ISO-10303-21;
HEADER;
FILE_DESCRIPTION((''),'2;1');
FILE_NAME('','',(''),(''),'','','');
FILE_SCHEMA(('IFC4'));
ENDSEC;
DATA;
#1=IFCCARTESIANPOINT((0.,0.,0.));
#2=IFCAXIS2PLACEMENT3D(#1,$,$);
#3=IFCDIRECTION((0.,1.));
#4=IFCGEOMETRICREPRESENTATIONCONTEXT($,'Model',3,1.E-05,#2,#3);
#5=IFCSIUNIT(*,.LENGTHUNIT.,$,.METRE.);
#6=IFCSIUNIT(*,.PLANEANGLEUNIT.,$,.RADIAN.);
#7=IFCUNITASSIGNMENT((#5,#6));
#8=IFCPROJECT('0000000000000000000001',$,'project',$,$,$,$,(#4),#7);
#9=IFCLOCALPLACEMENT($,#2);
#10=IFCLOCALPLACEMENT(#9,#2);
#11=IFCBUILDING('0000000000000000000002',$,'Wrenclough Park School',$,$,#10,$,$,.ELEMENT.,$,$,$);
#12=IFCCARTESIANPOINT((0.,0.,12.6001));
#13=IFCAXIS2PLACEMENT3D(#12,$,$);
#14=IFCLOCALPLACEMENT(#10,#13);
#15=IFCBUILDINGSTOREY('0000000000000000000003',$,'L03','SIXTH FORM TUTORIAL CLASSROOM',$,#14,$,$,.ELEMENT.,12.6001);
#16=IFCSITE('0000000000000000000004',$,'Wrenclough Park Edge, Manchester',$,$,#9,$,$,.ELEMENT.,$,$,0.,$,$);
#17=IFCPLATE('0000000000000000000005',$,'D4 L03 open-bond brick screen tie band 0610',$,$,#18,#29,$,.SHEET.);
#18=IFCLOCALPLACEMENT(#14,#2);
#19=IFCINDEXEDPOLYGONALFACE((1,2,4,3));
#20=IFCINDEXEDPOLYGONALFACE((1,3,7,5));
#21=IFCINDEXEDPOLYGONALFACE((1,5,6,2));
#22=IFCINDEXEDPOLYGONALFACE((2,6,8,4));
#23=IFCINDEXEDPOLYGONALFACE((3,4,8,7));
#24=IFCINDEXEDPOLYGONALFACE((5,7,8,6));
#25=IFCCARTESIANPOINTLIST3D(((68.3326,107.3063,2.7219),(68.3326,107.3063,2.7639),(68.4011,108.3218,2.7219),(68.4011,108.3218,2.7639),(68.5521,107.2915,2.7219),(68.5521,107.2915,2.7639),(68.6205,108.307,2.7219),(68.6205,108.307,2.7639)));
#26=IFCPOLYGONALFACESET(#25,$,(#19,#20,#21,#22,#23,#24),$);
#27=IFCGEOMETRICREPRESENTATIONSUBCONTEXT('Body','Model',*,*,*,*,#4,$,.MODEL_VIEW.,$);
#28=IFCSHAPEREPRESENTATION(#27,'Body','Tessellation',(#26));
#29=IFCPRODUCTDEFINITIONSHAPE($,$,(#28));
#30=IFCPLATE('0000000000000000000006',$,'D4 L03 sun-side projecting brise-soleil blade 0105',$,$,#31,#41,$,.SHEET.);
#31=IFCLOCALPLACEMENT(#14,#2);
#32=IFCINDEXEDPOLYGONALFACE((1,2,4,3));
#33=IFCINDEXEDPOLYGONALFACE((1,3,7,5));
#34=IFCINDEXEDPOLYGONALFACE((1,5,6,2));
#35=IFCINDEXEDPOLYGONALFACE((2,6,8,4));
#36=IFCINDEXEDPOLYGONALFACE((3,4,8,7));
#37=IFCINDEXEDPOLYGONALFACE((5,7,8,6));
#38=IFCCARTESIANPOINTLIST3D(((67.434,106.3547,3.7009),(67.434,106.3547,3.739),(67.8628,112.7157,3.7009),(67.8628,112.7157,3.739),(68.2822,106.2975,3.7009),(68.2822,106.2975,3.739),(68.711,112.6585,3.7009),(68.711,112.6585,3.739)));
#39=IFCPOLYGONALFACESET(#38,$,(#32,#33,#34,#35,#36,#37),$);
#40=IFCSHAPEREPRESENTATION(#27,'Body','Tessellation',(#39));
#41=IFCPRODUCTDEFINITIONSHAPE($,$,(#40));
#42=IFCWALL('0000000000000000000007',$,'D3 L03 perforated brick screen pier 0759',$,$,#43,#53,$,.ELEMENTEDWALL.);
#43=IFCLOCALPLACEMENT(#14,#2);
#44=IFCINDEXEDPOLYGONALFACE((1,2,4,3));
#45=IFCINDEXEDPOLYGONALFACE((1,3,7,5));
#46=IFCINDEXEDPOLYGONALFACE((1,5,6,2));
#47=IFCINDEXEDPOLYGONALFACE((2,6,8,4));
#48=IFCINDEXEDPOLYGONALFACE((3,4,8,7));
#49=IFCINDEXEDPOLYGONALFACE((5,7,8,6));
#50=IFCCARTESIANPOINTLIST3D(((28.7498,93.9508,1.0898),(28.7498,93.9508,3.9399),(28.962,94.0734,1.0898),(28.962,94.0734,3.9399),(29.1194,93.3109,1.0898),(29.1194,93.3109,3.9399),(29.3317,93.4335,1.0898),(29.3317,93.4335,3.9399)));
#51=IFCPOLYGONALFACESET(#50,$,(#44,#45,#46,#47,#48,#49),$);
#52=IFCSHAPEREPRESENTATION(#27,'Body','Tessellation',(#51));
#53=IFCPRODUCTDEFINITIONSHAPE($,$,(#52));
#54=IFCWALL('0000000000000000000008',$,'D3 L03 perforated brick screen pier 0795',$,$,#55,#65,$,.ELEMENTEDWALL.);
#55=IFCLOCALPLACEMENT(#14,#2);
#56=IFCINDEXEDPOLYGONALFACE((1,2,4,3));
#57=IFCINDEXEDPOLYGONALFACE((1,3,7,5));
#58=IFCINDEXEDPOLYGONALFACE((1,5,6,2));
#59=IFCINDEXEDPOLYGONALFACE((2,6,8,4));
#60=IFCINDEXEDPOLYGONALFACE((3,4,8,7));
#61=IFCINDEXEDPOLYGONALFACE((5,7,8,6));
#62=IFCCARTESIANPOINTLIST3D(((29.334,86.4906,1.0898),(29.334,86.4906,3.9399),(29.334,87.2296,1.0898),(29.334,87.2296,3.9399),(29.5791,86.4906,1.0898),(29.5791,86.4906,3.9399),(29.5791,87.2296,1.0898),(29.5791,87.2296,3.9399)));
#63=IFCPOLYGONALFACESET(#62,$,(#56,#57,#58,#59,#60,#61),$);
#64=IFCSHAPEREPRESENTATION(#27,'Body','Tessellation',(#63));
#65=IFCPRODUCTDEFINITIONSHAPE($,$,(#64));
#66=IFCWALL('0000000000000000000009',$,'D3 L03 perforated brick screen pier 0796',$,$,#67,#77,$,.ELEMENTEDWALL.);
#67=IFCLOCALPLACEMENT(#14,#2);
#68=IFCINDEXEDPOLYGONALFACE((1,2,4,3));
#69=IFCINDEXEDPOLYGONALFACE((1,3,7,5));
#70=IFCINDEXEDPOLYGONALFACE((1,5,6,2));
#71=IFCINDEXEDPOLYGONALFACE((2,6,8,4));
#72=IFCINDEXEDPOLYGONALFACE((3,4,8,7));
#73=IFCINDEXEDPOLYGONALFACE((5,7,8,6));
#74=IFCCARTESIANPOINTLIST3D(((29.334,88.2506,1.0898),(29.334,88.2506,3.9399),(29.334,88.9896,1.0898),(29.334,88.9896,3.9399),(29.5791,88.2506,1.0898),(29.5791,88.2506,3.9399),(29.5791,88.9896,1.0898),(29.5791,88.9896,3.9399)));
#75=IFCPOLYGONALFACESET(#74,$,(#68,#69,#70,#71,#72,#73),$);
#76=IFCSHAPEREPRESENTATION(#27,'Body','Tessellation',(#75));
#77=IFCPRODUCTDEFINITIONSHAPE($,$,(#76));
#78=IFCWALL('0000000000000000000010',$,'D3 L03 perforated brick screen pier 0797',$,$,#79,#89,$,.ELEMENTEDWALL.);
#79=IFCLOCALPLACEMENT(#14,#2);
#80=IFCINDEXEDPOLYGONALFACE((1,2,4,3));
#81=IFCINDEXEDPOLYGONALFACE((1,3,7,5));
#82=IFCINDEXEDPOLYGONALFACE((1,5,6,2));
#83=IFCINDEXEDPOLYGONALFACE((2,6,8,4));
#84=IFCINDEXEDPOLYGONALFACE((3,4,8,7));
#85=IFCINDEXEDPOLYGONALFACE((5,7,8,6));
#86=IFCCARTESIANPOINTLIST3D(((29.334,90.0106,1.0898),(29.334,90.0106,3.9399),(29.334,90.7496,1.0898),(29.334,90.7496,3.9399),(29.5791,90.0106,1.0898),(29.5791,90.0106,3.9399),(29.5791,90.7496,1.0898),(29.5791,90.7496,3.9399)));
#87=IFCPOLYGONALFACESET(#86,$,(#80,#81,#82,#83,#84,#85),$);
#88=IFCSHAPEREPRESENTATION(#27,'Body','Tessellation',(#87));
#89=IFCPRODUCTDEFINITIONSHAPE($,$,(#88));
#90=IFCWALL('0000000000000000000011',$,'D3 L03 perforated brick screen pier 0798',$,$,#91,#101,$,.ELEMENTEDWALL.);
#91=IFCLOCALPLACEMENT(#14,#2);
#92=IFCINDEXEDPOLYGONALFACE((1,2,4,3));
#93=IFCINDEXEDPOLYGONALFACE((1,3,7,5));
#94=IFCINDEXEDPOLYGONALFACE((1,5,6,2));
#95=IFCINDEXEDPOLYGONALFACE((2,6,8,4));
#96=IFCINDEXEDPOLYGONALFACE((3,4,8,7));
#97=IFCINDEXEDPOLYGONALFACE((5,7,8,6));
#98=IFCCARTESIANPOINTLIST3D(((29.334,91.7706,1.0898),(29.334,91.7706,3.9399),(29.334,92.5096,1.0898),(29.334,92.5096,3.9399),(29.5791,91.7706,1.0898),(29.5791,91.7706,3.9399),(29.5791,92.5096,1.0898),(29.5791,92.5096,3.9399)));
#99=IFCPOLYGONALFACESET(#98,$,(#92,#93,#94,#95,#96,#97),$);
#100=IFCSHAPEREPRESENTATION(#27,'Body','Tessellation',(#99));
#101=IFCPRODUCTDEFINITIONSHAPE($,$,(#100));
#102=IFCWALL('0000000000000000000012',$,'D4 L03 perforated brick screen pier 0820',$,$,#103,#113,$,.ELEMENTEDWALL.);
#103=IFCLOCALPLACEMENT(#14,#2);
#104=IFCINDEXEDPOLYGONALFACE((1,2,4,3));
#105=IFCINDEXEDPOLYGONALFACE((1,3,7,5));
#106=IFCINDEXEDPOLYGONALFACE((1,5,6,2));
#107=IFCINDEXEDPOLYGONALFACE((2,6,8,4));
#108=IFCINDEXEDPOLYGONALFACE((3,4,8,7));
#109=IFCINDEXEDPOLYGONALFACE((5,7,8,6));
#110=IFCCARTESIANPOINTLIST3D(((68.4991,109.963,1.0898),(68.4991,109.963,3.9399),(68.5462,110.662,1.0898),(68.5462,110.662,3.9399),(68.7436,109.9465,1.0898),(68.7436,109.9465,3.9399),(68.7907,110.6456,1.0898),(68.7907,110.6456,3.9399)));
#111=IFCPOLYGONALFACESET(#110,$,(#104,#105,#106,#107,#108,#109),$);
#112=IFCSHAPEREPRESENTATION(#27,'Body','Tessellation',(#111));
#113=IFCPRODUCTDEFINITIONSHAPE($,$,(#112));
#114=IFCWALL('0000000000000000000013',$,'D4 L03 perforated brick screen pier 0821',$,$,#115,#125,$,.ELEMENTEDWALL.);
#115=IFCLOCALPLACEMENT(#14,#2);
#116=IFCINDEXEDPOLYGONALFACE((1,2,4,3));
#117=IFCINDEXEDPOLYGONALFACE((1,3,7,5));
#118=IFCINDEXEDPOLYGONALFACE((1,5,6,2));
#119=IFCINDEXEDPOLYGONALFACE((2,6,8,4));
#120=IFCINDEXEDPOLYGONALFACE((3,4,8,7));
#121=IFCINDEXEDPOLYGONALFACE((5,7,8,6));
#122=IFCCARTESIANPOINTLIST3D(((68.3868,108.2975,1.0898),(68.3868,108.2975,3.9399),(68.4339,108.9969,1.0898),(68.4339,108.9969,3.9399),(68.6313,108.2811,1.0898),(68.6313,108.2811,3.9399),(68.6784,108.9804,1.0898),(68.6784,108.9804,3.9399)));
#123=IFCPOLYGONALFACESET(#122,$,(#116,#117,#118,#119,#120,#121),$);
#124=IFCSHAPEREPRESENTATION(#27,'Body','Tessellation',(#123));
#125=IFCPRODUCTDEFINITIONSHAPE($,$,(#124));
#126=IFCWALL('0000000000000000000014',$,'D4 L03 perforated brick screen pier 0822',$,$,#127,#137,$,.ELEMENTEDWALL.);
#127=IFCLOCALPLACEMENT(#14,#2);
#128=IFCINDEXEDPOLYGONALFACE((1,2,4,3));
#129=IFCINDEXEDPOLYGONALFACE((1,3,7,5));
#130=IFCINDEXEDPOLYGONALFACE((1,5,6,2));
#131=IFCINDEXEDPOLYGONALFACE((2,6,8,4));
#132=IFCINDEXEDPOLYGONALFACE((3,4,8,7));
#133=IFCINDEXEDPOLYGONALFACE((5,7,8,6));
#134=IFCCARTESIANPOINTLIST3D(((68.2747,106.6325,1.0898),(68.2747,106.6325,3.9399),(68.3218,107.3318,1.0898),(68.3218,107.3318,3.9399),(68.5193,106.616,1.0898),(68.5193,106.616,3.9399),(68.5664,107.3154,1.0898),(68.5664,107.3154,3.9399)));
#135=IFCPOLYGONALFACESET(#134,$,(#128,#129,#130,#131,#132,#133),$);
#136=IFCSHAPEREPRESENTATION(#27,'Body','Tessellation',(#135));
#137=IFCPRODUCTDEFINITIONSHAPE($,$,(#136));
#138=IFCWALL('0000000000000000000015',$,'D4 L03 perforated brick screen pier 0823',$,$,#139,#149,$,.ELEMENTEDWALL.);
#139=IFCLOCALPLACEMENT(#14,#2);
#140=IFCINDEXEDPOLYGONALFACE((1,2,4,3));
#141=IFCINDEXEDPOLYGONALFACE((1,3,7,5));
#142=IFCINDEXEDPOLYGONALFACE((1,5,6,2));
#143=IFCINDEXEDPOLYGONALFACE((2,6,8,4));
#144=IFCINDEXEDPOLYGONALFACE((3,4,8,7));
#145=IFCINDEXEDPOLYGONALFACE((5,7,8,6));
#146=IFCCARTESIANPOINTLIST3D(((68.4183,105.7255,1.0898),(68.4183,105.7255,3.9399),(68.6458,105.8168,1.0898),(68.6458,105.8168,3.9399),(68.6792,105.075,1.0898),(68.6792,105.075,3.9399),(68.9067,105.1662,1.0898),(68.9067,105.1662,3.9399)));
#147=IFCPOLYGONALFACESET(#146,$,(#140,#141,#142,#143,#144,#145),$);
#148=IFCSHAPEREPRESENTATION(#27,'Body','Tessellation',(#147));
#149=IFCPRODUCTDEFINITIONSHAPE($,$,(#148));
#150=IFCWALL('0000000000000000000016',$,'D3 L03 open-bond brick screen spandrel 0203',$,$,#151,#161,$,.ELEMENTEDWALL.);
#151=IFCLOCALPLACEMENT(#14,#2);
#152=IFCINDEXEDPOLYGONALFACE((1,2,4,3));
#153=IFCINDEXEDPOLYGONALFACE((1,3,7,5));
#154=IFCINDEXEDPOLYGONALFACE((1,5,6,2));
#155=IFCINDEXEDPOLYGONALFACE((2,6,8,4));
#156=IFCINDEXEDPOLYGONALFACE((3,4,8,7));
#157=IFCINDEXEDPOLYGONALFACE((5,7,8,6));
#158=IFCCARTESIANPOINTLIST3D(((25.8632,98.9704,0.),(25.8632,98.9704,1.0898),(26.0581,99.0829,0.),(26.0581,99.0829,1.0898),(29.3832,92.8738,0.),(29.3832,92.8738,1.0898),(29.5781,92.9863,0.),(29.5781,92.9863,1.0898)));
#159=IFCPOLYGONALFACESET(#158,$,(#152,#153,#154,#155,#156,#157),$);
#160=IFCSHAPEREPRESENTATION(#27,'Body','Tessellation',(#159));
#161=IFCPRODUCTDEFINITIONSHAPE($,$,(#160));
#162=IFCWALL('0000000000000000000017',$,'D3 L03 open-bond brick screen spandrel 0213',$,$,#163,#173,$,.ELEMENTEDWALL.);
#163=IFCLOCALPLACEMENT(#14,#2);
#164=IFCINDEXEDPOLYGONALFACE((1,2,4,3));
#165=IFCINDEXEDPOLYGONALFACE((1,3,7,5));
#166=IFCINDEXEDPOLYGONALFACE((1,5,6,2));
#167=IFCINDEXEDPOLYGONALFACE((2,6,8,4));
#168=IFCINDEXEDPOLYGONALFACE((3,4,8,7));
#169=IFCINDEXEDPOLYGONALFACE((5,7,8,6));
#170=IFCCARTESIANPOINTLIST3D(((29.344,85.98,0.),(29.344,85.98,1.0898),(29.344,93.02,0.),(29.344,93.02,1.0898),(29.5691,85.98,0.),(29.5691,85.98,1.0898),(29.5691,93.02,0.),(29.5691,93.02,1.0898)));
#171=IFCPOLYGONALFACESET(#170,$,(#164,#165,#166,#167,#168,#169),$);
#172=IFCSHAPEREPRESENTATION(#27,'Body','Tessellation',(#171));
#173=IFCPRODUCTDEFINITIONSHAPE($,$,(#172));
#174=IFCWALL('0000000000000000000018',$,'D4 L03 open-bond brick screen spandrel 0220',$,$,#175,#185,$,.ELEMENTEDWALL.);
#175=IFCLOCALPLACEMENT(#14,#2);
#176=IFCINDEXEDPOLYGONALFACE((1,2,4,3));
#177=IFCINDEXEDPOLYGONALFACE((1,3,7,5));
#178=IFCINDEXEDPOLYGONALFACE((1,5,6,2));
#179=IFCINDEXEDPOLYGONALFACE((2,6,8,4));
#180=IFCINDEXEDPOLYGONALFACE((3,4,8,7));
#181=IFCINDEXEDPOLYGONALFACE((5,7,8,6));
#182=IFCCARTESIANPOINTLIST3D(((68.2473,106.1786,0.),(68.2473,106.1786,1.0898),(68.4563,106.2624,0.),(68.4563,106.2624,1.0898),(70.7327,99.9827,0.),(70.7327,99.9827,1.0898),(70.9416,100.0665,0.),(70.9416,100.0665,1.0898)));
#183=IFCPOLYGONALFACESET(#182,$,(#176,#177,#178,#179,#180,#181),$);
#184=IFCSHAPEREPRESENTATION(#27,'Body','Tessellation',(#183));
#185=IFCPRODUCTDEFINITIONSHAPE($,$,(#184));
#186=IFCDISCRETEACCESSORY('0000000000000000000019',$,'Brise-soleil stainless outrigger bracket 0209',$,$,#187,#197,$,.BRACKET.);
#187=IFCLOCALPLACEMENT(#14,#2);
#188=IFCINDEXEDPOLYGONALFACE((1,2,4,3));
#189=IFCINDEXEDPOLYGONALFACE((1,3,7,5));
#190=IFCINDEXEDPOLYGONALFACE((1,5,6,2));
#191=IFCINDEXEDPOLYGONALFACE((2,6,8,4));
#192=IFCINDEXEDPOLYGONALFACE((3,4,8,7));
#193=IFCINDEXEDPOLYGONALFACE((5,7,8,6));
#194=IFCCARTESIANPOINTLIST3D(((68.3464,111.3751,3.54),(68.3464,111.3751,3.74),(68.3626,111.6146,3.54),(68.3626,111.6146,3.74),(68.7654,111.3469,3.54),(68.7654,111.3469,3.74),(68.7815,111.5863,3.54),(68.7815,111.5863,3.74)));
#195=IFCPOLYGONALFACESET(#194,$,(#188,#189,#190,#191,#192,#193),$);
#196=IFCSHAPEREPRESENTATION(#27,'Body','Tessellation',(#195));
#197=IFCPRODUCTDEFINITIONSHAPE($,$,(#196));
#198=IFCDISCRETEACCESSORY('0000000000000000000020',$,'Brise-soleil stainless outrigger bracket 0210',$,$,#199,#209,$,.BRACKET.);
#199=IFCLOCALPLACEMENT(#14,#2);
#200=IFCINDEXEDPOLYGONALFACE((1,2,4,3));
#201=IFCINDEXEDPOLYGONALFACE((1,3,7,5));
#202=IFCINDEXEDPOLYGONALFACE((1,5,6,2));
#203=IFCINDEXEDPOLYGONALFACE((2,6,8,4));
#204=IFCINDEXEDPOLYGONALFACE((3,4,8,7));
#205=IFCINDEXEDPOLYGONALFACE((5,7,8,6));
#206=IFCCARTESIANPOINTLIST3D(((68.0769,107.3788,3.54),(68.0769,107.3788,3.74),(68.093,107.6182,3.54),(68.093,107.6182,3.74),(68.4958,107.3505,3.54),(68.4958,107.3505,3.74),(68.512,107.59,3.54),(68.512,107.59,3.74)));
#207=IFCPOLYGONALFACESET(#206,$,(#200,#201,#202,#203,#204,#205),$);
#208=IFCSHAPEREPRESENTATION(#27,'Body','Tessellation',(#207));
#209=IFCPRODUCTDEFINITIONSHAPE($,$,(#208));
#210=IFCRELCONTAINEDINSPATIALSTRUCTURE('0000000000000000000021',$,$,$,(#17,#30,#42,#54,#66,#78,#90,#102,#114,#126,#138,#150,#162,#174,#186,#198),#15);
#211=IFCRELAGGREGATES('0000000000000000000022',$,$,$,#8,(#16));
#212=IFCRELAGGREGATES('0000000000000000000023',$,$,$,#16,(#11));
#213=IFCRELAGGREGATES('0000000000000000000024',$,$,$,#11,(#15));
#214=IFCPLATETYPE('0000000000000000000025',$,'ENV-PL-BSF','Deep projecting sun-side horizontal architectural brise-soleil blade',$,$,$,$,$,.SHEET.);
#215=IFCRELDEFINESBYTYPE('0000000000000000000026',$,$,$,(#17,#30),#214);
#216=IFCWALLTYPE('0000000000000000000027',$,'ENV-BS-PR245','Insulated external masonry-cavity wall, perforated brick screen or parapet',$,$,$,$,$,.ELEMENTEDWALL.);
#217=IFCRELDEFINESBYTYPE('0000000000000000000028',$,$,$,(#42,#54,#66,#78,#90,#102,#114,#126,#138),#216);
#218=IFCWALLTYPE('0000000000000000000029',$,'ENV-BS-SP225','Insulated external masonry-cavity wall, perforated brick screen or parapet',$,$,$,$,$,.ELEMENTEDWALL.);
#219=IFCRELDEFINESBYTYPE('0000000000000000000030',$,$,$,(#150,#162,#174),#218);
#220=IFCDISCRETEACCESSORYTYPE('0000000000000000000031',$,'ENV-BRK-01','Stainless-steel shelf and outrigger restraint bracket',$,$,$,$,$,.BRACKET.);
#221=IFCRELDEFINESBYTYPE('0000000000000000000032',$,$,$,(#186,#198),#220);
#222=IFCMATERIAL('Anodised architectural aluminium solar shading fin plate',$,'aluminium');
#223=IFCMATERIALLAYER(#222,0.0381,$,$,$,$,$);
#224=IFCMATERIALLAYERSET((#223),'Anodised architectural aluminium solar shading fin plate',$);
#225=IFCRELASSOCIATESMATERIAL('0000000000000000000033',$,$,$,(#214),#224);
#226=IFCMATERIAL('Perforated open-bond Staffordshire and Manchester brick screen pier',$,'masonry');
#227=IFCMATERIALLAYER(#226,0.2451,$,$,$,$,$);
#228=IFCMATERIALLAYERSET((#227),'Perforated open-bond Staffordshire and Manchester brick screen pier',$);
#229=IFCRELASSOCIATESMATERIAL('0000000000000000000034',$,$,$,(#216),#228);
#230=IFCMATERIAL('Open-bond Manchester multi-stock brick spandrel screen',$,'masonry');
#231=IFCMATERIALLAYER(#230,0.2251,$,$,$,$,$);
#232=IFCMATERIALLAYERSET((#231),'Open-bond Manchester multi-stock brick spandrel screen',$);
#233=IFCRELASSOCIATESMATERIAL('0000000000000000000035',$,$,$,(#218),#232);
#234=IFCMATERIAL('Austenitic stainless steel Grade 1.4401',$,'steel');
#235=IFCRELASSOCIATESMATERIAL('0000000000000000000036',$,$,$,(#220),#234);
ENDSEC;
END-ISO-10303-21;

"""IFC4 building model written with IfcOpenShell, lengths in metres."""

from ifc_helpers import new_model, si_unit, direction, frame, frame_2d, origin, origin_2d, place, context, subcontext, project, spatial, rectangle, extrude, material, layer, layer_set, type_object, element, save


model = new_model("IFC4")

# Units and contexts
model_context = context("Model", 3, precision=1e-05, world=origin(), true_north=direction((0.0, 1.0)))
body_context = subcontext(model_context, "Body", "Model", "MODEL_VIEW")
ifc_project = project(units=[si_unit("LENGTHUNIT", "METRE"), si_unit("PLANEANGLEUNIT", "RADIAN")], contexts=[model_context])

# Site, building, storey
site_placement = place(None, origin())
site = spatial("IfcSite", under=ifc_project, at=site_placement, Name="Wrenclough Park Edge, Manchester", CompositionType="ELEMENT", RefElevation=0.0)
building_placement = place(site_placement, origin())
building = spatial("IfcBuilding", under=site, at=building_placement, Name="Wrenclough Park School", CompositionType="ELEMENT")
storey_placement = place(building_placement, frame((0.0, 0.0, 12.6001)))
storey = spatial("IfcBuildingStorey", under=building, at=storey_placement, Name="L03", Description="SIXTH FORM TUTORIAL CLASSROOM", CompositionType="ELEMENT", Elevation=12.6001)

# Plates
ifc_material_1 = material(Name="Anodised architectural aluminium solar shading fin plate", Category="aluminium")
ifc_layer_1 = layer(ifc_material_1, 0.0381)
ifc_layer_set_1 = layer_set([ifc_layer_1], Name="Anodised architectural aluminium solar shading fin plate")
plate_type = type_object("IfcPlateType", Name="ENV-PL-BSF", Description="Deep projecting sun-side horizontal architectural brise-soleil blade", PredefinedType="SHEET", material=ifc_layer_set_1)
for number, where, z_axis, x_axis, name in (
    (1, (68.4766, 107.8066, 2.7219), (0.0, 0.0, 1.0), (-0.06726, -0.997736, 0.0), "D4 L03 open-bond brick screen tie band 0610"),
):
    element("IfcPlate", number, at=place(storey_placement, frame(where, z_axis=z_axis, x_axis=x_axis)), inside=storey, type_object=plate_type, Name=name, PredefinedType="SHEET", context=body_context, shape_type="SweptSolid", body=[
        extrude(rectangle(XDim=1.0178, YDim=0.22, at=origin_2d()), origin(), (0.0, 0.0, 1.0), 0.042),
    ])
plate_1_placement = place(storey_placement, frame((68.0725, 109.5066, 3.7009), z_axis=(0.0, 0.0, 1.0), x_axis=(-0.06726, -0.997736, 0.0)))
element("IfcPlate", 2, at=plate_1_placement, inside=storey, type_object=plate_type, Name="D4 L03 sun-side projecting brise-soleil blade 0105", PredefinedType="SHEET", context=body_context, shape_type="SweptSolid", body=[
    extrude(rectangle(XDim=6.3755, YDim=0.8501, at=origin_2d()), origin(), (0.0, 0.0, 1.0), 0.0381),
])

# Walls
ifc_material_2 = material(Name="Perforated open-bond Staffordshire and Manchester brick screen pier", Category="masonry")
ifc_layer_2 = layer(ifc_material_2, 0.2451)
ifc_layer_set_2 = layer_set([ifc_layer_2], Name="Perforated open-bond Staffordshire and Manchester brick screen pier")
wall_type_1 = type_object("IfcWallType", Name="ENV-BS-PR245", Description="Insulated external masonry-cavity wall, perforated brick screen or parapet", PredefinedType="ELEMENTEDWALL", material=ifc_layer_set_2)
for number, where, z_axis, x_axis, name in (
    (3, (29.2256, 93.3721, 1.0898), (0.0, 0.0, 1.0), (-0.50019, 0.865916, 0.0), "D3 L03 perforated brick screen pier 0759"),
    (4, (29.4565, 86.4905, 1.0898), (0.0, 0.0, 1.0), (0.0, 1.0, 0.0), "D3 L03 perforated brick screen pier 0795"),
    (5, (29.4565, 88.2505, 1.0898), (0.0, 0.0, 1.0), (0.0, 1.0, 0.0), "D3 L03 perforated brick screen pier 0796"),
    (6, (29.4565, 90.0105, 1.0898), (0.0, 0.0, 1.0), (0.0, 1.0, 0.0), "D3 L03 perforated brick screen pier 0797"),
    (7, (29.4565, 91.7705, 1.0898), (0.0, 0.0, 1.0), (0.0, 1.0, 0.0), "D3 L03 perforated brick screen pier 0798"),
):
    element("IfcWall", number, at=place(storey_placement, frame(where, z_axis=z_axis, x_axis=x_axis)), inside=storey, type_object=wall_type_1, Name=name, PredefinedType="ELEMENTEDWALL", context=body_context, shape_type="SweptSolid", body=[
        extrude(rectangle(XDim=0.739, YDim=0.2451, at=frame_2d((0.3696, 0.0))), origin(), (0.0, 0.0, 1.0), 2.8501),
    ])
wall_1_placement = place(storey_placement, frame((68.6685, 110.6538, 1.0898), z_axis=(0.0, 0.0, 1.0), x_axis=(-0.067236, -0.997737, 0.0)))
element("IfcWall", 8, at=wall_1_placement, inside=storey, type_object=wall_type_1, Name="D4 L03 perforated brick screen pier 0820", PredefinedType="ELEMENTEDWALL", context=body_context, shape_type="SweptSolid", body=[
    extrude(rectangle(XDim=0.7007, YDim=0.2451, at=frame_2d((0.3503, 0.0))), origin(), (0.0, 0.0, 1.0), 2.8501),
])
for number, where, z_axis, x_axis, name in (
    (9, (68.5562, 108.9888, 1.0898), (0.0, 0.0, 1.0), (-0.067212, -0.997739, 0.0), "D4 L03 perforated brick screen pier 0821"),
    (10, (68.4441, 107.3237, 1.0898), (0.0, 0.0, 1.0), (-0.067212, -0.997739, 0.0), "D4 L03 perforated brick screen pier 0822"),
    (11, (68.532, 105.7712, 1.0898), (0.0, 0.0, 1.0), (0.372291, -0.928116, 0.0), "D4 L03 perforated brick screen pier 0823"),
):
    element("IfcWall", number, at=place(storey_placement, frame(where, z_axis=z_axis, x_axis=x_axis)), inside=storey, type_object=wall_type_1, Name=name, PredefinedType="ELEMENTEDWALL", context=body_context, shape_type="SweptSolid", body=[
        extrude(rectangle(XDim=0.7009, YDim=0.2451, at=frame_2d((0.3506, 0.0))), origin(), (0.0, 0.0, 1.0), 2.8501),
    ])
ifc_material_3 = material(Name="Open-bond Manchester multi-stock brick spandrel screen", Category="masonry")
ifc_layer_3 = layer(ifc_material_3, 0.2251)
ifc_layer_set_3 = layer_set([ifc_layer_3], Name="Open-bond Manchester multi-stock brick spandrel screen")
wall_type_2 = type_object("IfcWallType", Name="ENV-BS-SP225", Description="Insulated external masonry-cavity wall, perforated brick screen or parapet", PredefinedType="ELEMENTEDWALL", material=ifc_layer_set_3)
wall_2_placement = place(storey_placement, frame((29.4807, 92.9299, 0.0), z_axis=(0.0, 0.0, 1.0), x_axis=(-0.500011, 0.866019, 0.0)))
element("IfcWall", 12, at=wall_2_placement, inside=storey, type_object=wall_type_2, Name="D3 L03 open-bond brick screen spandrel 0203", PredefinedType="ELEMENTEDWALL", context=body_context, shape_type="SweptSolid", body=[
    extrude(rectangle(XDim=7.0398, YDim=0.2251, at=frame_2d((3.52, 0.0))), origin(), (0.0, 0.0, 1.0), 1.0898),
])
wall_3_placement = place(storey_placement, frame((29.4565, 85.98, 0.0), z_axis=(0.0, 0.0, 1.0), x_axis=(0.0, 1.0, 0.0)))
element("IfcWall", 13, at=wall_3_placement, inside=storey, type_object=wall_type_2, Name="D3 L03 open-bond brick screen spandrel 0213", PredefinedType="ELEMENTEDWALL", context=body_context, shape_type="SweptSolid", body=[
    extrude(rectangle(XDim=7.04, YDim=0.2251, at=frame_2d((3.52, 0.0))), origin(), (0.0, 0.0, 1.0), 1.0898),
])
wall_4_placement = place(storey_placement, frame((68.3518, 106.2205, 0.0), z_axis=(0.0, 0.0, 1.0), x_axis=(0.372298, -0.928113, 0.0)))
element("IfcWall", 14, at=wall_4_placement, inside=storey, type_object=wall_type_2, Name="D4 L03 open-bond brick screen spandrel 0220", PredefinedType="ELEMENTEDWALL", context=body_context, shape_type="SweptSolid", body=[
    extrude(rectangle(XDim=6.6758, YDim=0.2251, at=frame_2d((3.3379, 0.0))), origin(), (0.0, 0.0, 1.0), 1.0898),
])

# Discrete accessories
ifc_material_4 = material(Name="Austenitic stainless steel Grade 1.4401", Category="steel")
discrete_accessory_type = type_object("IfcDiscreteAccessoryType", Name="ENV-BRK-01", Description="Stainless-steel shelf and outrigger restraint bracket", PredefinedType="BRACKET", material=ifc_material_4)
for number, where, z_axis, x_axis, name in (
    (15, (68.564, 111.4807, 3.54), (0.0, 0.0, 1.0), (-0.06726, -0.997736, 0.0), "Brise-soleil stainless outrigger bracket 0209"),
    (16, (68.2944, 107.4844, 3.54), (0.0, 0.0, 1.0), (-0.06726, -0.997736, 0.0), "Brise-soleil stainless outrigger bracket 0210"),
):
    element("IfcDiscreteAccessory", number, at=place(storey_placement, frame(where, z_axis=z_axis, x_axis=x_axis)), inside=storey, type_object=discrete_accessory_type, Name=name, PredefinedType="BRACKET", context=body_context, shape_type="SweptSolid", body=[
        extrude(rectangle(XDim=0.24, YDim=0.4199, at=origin_2d()), origin(), (0.0, 0.0, 1.0), 0.2),
    ])

save(model, "model.ifc")
